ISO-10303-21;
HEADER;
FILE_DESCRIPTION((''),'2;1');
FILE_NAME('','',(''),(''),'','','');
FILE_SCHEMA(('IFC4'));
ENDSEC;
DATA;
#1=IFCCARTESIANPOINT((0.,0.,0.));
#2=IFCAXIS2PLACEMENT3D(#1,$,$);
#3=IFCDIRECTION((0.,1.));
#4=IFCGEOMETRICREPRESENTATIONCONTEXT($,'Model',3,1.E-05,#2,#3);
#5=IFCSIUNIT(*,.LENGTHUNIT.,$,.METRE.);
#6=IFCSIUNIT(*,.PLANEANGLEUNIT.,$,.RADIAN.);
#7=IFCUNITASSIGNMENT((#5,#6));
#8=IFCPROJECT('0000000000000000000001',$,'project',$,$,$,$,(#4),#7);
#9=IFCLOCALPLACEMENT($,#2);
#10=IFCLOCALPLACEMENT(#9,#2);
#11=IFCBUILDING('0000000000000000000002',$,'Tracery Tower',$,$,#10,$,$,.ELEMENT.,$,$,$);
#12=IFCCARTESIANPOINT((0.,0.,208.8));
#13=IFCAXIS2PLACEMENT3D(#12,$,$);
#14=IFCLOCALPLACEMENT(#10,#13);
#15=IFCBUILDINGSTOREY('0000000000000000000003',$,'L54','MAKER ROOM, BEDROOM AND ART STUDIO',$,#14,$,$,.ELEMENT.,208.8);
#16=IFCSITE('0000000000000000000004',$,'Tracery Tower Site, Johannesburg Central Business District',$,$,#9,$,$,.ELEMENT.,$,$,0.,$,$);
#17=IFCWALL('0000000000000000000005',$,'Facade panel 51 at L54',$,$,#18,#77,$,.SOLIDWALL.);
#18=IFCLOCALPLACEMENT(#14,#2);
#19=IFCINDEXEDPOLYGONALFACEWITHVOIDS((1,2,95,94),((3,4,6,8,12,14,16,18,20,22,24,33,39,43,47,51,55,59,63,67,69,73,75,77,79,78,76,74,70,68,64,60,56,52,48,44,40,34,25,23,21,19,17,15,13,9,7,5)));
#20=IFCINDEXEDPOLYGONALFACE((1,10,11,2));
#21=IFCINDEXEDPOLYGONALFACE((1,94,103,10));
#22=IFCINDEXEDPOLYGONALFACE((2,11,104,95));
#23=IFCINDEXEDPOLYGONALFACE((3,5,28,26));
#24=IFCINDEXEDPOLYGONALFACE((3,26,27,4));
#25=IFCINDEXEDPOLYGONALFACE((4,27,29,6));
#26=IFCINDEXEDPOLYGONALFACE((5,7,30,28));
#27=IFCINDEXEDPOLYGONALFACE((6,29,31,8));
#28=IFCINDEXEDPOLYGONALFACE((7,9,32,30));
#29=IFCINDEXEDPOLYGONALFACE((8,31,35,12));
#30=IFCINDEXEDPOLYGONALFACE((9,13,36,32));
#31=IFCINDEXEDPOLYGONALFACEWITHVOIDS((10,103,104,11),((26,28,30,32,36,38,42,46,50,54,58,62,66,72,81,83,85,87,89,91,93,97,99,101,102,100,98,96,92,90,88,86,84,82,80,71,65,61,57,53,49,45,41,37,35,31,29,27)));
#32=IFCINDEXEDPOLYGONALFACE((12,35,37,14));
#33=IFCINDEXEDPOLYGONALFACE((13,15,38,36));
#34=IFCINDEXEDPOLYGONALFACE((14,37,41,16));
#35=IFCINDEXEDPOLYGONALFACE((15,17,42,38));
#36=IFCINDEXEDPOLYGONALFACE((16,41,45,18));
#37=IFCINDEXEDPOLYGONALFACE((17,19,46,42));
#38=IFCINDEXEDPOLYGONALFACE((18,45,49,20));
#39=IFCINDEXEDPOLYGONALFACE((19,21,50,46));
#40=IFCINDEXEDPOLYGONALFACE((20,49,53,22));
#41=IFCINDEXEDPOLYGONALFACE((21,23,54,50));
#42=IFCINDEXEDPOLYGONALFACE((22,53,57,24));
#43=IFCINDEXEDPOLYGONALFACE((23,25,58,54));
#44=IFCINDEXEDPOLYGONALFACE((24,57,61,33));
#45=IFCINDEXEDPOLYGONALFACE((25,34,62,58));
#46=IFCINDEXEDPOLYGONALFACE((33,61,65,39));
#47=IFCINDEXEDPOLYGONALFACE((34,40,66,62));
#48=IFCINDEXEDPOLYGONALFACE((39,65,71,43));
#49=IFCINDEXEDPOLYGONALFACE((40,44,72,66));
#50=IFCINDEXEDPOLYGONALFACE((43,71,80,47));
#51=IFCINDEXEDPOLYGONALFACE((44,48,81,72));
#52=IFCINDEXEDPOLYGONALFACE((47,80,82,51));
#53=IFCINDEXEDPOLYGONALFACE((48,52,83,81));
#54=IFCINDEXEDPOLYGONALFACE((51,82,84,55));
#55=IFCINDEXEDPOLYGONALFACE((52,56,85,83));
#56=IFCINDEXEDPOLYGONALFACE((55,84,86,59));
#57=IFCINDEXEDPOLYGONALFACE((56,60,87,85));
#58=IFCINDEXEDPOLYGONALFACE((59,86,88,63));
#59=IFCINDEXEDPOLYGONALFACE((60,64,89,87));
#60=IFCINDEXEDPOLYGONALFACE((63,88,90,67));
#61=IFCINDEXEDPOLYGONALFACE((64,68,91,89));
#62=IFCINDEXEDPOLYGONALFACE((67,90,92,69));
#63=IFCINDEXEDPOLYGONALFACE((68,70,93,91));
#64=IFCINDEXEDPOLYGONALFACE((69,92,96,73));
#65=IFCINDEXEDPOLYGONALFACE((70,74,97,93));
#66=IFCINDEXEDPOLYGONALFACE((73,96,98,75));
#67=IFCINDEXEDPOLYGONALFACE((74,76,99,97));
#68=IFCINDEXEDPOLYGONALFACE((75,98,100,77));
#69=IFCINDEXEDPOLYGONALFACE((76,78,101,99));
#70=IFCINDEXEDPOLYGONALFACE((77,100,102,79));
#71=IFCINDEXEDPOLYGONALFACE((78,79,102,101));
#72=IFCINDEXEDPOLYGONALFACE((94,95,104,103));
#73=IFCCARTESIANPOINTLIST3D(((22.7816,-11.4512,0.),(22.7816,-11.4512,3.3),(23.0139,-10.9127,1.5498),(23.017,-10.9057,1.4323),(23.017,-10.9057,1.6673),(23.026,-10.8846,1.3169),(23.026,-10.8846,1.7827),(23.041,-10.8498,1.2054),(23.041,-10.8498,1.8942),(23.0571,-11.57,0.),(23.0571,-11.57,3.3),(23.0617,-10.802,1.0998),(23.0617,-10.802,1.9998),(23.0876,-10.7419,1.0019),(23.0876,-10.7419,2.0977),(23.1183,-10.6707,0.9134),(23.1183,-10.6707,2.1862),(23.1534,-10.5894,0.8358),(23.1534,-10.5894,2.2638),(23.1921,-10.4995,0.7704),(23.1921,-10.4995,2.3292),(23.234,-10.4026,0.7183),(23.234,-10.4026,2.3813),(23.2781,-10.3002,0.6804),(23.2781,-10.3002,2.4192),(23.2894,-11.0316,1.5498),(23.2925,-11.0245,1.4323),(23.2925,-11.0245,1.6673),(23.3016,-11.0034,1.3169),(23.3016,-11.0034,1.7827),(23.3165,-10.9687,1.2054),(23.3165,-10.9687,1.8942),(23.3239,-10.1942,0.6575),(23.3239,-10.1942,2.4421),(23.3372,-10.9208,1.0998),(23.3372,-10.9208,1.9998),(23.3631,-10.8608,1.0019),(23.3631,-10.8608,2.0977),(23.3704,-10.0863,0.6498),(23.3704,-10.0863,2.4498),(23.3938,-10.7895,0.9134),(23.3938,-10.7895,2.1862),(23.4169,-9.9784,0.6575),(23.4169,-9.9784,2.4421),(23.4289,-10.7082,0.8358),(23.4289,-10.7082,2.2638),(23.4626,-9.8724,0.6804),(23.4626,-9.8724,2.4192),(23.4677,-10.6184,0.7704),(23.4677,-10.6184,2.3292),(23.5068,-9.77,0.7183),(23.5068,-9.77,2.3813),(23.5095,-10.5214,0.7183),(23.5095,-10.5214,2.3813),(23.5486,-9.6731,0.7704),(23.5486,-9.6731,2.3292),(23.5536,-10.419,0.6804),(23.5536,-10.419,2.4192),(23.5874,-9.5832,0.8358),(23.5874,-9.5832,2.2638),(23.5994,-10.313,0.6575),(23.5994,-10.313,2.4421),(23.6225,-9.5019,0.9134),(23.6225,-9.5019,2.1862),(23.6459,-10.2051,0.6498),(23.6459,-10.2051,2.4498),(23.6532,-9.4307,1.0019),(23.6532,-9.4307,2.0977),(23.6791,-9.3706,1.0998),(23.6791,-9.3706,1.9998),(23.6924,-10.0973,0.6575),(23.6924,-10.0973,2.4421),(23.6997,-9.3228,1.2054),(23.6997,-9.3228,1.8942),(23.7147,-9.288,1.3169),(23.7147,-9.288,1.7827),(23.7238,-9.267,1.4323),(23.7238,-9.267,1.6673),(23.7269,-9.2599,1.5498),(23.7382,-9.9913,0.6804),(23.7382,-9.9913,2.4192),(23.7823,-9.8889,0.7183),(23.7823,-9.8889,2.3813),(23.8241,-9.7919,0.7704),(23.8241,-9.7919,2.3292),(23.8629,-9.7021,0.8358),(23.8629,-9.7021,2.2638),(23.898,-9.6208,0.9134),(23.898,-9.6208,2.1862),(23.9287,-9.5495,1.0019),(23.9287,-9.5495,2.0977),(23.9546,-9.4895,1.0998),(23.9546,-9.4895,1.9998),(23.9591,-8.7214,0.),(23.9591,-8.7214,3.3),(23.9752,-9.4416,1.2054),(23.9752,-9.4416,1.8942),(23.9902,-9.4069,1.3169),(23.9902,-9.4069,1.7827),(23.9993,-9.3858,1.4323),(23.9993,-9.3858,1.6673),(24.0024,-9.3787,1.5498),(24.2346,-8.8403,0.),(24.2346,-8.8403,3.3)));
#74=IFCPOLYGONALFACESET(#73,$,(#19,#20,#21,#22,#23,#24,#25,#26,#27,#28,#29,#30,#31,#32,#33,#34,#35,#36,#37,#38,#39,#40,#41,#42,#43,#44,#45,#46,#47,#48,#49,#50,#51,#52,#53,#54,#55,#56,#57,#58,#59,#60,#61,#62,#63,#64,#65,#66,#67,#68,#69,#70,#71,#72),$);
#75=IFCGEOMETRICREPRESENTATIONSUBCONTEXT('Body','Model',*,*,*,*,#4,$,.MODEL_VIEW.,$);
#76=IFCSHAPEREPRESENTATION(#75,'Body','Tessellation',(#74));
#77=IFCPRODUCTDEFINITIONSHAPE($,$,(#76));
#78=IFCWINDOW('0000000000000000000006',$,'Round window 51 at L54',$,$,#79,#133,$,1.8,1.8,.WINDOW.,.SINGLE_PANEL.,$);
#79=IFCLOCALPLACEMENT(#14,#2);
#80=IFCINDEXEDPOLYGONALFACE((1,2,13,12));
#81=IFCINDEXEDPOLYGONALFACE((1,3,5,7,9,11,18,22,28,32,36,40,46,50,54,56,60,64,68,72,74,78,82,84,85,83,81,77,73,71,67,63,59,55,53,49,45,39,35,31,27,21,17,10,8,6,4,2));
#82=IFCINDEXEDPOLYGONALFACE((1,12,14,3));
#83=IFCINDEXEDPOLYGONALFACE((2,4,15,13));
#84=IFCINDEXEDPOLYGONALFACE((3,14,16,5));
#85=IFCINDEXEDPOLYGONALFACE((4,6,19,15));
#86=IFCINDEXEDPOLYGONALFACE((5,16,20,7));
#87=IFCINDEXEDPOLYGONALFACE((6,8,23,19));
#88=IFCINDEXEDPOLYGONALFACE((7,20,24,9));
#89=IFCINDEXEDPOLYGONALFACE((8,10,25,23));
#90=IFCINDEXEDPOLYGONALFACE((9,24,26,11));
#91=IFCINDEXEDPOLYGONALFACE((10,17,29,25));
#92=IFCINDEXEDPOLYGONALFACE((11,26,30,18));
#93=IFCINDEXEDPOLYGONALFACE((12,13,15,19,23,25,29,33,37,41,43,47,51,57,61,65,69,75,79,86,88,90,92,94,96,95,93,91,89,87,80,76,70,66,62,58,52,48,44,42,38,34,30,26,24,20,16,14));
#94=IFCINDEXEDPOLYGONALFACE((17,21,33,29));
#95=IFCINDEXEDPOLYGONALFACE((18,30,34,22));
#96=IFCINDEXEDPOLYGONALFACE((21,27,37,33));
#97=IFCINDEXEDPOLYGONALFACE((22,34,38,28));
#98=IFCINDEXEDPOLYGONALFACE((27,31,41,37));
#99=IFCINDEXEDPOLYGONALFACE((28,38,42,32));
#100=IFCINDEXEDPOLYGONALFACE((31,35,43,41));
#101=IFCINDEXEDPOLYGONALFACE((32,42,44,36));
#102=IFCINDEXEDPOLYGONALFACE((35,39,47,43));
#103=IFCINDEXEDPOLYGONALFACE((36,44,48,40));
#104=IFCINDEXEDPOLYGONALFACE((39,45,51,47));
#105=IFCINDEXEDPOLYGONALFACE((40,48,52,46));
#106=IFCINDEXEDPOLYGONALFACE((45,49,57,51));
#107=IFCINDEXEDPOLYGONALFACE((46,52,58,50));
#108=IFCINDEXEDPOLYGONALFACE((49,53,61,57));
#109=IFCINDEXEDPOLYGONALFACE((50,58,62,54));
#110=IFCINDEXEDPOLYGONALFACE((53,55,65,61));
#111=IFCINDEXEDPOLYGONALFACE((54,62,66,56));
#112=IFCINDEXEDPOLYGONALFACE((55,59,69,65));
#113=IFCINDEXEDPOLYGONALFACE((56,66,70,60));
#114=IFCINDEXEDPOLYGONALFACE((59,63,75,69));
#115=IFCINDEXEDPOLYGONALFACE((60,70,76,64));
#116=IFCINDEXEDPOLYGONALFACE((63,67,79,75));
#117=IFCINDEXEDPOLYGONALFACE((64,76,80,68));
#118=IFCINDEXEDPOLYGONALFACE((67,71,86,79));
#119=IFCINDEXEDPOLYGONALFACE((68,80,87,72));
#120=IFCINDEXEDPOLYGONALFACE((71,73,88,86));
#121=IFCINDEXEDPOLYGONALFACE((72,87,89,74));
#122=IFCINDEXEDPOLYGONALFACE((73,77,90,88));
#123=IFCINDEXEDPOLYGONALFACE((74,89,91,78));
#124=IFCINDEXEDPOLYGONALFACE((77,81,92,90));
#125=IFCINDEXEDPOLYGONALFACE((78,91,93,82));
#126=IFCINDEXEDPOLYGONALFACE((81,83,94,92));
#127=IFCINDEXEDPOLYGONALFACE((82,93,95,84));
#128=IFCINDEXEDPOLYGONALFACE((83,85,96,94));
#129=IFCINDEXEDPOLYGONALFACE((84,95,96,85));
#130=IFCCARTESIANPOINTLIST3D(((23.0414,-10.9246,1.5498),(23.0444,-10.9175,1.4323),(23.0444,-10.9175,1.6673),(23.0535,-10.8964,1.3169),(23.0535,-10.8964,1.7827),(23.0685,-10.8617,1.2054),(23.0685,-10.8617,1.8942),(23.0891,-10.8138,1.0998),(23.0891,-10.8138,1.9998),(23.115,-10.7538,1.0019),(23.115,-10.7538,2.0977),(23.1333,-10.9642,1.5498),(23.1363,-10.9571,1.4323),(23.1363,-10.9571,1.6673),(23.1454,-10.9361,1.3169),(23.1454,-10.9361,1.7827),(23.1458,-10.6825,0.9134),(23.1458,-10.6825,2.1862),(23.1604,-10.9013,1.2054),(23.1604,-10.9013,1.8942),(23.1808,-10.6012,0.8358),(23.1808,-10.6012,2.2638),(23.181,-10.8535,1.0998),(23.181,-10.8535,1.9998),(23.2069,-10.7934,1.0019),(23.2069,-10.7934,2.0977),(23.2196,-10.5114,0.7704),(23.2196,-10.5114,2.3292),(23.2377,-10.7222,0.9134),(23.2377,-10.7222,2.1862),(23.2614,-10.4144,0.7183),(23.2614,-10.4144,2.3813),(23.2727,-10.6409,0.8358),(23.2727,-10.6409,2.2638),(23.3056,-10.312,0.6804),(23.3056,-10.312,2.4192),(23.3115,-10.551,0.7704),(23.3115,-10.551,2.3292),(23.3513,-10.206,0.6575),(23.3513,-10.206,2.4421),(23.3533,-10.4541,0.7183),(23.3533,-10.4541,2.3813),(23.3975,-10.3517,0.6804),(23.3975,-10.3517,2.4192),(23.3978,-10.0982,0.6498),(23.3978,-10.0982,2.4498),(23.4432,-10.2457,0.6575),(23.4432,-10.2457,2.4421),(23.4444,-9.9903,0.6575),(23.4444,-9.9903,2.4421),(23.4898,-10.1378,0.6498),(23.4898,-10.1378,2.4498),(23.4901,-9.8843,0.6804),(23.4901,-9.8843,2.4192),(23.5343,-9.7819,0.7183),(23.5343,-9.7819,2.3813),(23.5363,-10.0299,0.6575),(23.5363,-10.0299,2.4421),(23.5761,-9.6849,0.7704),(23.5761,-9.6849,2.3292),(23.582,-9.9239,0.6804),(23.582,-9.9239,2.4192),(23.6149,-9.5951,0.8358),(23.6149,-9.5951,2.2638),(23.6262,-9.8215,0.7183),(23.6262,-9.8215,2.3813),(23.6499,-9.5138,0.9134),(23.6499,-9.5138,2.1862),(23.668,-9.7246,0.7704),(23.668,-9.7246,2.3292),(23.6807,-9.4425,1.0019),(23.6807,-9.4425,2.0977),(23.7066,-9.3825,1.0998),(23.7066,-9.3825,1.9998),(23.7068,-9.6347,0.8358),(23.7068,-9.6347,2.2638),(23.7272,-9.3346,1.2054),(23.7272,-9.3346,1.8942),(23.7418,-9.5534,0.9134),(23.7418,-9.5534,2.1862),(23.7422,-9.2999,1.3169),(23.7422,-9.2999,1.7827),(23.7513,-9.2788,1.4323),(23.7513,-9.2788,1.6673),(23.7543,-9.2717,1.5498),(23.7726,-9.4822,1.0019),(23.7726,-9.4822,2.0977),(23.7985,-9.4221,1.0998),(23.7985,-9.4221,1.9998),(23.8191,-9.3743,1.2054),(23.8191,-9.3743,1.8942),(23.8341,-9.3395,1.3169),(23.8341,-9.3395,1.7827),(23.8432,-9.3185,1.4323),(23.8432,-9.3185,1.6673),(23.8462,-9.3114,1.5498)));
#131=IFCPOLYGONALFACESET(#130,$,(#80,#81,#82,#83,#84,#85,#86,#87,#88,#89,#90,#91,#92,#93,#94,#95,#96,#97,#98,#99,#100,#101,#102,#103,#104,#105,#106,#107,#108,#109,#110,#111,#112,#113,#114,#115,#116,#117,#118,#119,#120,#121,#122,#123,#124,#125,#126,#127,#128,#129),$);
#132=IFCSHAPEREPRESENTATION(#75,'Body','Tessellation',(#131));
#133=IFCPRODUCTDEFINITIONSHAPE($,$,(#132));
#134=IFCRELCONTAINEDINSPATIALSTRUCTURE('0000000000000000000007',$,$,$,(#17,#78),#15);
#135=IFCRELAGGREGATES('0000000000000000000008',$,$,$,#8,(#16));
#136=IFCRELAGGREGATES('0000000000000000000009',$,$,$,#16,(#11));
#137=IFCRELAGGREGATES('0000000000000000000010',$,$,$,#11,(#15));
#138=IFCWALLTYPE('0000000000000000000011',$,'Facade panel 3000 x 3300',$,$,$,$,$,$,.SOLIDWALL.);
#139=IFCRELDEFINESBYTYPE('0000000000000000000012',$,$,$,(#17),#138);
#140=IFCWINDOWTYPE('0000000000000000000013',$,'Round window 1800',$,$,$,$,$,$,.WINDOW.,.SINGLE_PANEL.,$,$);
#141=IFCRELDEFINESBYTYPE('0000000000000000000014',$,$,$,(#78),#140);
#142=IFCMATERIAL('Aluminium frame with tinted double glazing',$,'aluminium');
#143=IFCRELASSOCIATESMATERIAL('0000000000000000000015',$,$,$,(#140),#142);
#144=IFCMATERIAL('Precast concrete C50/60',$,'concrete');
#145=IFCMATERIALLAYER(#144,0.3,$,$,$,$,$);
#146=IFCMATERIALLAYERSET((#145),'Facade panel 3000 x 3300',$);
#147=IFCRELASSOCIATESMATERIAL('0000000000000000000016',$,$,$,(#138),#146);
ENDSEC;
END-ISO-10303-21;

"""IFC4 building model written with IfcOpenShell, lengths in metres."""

from ifc_helpers import new_model, si_unit, direction, frame, frame_2d, origin, origin_2d, place, context, subcontext, project, spatial, rectangle, circle, extrude, material, layer, layer_set, type_object, element, fill, save


model = new_model("IFC4")

# Units and contexts
model_context = context("Model", 3, precision=1e-05, world=origin(), true_north=direction((0.0, 1.0)))
body_context = subcontext(model_context, "Body", "Model", "MODEL_VIEW")
ifc_project = project(units=[si_unit("LENGTHUNIT", "METRE"), si_unit("PLANEANGLEUNIT", "RADIAN")], contexts=[model_context])

# Site, building, storey
site_placement = place(None, origin())
site = spatial("IfcSite", under=ifc_project, at=site_placement, Name="Tracery Tower Site, Johannesburg Central Business District", CompositionType="ELEMENT", RefElevation=0.0)
building_placement = place(site_placement, origin())
building = spatial("IfcBuilding", under=site, at=building_placement, Name="Tracery Tower", CompositionType="ELEMENT")
storey_placement = place(building_placement, frame((0.0, 0.0, 208.8)))
storey = spatial("IfcBuildingStorey", under=building, at=storey_placement, Name="L54", Description="MAKER ROOM, BEDROOM AND ART STUDIO", CompositionType="ELEMENT", Elevation=208.8)

# Wall, opening, window
ifc_material_1 = material(Name="Aluminium frame with tinted double glazing", Category="aluminium")
window_type = type_object("IfcWindowType", Name="Round window 1800", PartitioningType="SINGLE_PANEL", PredefinedType="WINDOW", material=ifc_material_1)
ifc_material_2 = material(Name="Precast concrete C50/60", Category="concrete")
ifc_layer_1 = layer(ifc_material_2, 0.3)
ifc_layer_set_1 = layer_set([ifc_layer_1], Name="Facade panel 3000 x 3300")
wall_type_1 = type_object("IfcWallType", Name="Facade panel 3000 x 3300", PredefinedType="SOLIDWALL", material=ifc_layer_set_1)
wall_1_placement = place(storey_placement, frame((22.9194, -11.5105, 0.0), z_axis=(0.0, 0.0, 1.0), x_axis=(0.396079, 0.918216, 0.0)))
wall_1 = element("IfcWall", 1, at=wall_1_placement, inside=storey, type_object=wall_type_1, Name="Facade panel 51 at L54", PredefinedType="SOLIDWALL", context=body_context, shape_type="SweptSolid", body=[
    extrude(rectangle(XDim=2.9729, YDim=0.3, at=frame_2d((1.4863, 0.0))), origin(), (0.0, 0.0, 1.0), 3.3),
])
opening_1_placement = place(wall_1_placement, frame((1.4863, 0.0, 1.5498)))
opening_1 = element("IfcOpeningElement", 2, at=opening_1_placement, cuts=wall_1, PredefinedType="OPENING", context=body_context, shape_type="SweptSolid", body=[
    extrude(circle(Radius=0.9, at=origin_2d()), frame((0.0, 0.1599, 0.0), z_axis=(0.0, -1.0, 0.0), x_axis=(1.0, 0.0, 0.0)), (0.0, 0.0, 1.0), 0.3201),
])
window_1_placement = place(opening_1_placement, origin())
window_1 = element("IfcWindow", 3, at=window_1_placement, inside=storey, type_object=window_type, Name="Round window 51 at L54", OverallHeight=1.8, OverallWidth=1.8, PartitioningType="SINGLE_PANEL", PredefinedType="WINDOW", context=body_context, shape_type="SweptSolid", body=[
    extrude(circle(Radius=0.9, at=origin_2d()), frame((0.0, 0.1201, 0.0), z_axis=(0.0, -1.0, 0.0), x_axis=(1.0, 0.0, 0.0)), (0.0, 0.0, 1.0), 0.1001),
])
fill(opening_1, window_1)

save(model, "model.ifc")
